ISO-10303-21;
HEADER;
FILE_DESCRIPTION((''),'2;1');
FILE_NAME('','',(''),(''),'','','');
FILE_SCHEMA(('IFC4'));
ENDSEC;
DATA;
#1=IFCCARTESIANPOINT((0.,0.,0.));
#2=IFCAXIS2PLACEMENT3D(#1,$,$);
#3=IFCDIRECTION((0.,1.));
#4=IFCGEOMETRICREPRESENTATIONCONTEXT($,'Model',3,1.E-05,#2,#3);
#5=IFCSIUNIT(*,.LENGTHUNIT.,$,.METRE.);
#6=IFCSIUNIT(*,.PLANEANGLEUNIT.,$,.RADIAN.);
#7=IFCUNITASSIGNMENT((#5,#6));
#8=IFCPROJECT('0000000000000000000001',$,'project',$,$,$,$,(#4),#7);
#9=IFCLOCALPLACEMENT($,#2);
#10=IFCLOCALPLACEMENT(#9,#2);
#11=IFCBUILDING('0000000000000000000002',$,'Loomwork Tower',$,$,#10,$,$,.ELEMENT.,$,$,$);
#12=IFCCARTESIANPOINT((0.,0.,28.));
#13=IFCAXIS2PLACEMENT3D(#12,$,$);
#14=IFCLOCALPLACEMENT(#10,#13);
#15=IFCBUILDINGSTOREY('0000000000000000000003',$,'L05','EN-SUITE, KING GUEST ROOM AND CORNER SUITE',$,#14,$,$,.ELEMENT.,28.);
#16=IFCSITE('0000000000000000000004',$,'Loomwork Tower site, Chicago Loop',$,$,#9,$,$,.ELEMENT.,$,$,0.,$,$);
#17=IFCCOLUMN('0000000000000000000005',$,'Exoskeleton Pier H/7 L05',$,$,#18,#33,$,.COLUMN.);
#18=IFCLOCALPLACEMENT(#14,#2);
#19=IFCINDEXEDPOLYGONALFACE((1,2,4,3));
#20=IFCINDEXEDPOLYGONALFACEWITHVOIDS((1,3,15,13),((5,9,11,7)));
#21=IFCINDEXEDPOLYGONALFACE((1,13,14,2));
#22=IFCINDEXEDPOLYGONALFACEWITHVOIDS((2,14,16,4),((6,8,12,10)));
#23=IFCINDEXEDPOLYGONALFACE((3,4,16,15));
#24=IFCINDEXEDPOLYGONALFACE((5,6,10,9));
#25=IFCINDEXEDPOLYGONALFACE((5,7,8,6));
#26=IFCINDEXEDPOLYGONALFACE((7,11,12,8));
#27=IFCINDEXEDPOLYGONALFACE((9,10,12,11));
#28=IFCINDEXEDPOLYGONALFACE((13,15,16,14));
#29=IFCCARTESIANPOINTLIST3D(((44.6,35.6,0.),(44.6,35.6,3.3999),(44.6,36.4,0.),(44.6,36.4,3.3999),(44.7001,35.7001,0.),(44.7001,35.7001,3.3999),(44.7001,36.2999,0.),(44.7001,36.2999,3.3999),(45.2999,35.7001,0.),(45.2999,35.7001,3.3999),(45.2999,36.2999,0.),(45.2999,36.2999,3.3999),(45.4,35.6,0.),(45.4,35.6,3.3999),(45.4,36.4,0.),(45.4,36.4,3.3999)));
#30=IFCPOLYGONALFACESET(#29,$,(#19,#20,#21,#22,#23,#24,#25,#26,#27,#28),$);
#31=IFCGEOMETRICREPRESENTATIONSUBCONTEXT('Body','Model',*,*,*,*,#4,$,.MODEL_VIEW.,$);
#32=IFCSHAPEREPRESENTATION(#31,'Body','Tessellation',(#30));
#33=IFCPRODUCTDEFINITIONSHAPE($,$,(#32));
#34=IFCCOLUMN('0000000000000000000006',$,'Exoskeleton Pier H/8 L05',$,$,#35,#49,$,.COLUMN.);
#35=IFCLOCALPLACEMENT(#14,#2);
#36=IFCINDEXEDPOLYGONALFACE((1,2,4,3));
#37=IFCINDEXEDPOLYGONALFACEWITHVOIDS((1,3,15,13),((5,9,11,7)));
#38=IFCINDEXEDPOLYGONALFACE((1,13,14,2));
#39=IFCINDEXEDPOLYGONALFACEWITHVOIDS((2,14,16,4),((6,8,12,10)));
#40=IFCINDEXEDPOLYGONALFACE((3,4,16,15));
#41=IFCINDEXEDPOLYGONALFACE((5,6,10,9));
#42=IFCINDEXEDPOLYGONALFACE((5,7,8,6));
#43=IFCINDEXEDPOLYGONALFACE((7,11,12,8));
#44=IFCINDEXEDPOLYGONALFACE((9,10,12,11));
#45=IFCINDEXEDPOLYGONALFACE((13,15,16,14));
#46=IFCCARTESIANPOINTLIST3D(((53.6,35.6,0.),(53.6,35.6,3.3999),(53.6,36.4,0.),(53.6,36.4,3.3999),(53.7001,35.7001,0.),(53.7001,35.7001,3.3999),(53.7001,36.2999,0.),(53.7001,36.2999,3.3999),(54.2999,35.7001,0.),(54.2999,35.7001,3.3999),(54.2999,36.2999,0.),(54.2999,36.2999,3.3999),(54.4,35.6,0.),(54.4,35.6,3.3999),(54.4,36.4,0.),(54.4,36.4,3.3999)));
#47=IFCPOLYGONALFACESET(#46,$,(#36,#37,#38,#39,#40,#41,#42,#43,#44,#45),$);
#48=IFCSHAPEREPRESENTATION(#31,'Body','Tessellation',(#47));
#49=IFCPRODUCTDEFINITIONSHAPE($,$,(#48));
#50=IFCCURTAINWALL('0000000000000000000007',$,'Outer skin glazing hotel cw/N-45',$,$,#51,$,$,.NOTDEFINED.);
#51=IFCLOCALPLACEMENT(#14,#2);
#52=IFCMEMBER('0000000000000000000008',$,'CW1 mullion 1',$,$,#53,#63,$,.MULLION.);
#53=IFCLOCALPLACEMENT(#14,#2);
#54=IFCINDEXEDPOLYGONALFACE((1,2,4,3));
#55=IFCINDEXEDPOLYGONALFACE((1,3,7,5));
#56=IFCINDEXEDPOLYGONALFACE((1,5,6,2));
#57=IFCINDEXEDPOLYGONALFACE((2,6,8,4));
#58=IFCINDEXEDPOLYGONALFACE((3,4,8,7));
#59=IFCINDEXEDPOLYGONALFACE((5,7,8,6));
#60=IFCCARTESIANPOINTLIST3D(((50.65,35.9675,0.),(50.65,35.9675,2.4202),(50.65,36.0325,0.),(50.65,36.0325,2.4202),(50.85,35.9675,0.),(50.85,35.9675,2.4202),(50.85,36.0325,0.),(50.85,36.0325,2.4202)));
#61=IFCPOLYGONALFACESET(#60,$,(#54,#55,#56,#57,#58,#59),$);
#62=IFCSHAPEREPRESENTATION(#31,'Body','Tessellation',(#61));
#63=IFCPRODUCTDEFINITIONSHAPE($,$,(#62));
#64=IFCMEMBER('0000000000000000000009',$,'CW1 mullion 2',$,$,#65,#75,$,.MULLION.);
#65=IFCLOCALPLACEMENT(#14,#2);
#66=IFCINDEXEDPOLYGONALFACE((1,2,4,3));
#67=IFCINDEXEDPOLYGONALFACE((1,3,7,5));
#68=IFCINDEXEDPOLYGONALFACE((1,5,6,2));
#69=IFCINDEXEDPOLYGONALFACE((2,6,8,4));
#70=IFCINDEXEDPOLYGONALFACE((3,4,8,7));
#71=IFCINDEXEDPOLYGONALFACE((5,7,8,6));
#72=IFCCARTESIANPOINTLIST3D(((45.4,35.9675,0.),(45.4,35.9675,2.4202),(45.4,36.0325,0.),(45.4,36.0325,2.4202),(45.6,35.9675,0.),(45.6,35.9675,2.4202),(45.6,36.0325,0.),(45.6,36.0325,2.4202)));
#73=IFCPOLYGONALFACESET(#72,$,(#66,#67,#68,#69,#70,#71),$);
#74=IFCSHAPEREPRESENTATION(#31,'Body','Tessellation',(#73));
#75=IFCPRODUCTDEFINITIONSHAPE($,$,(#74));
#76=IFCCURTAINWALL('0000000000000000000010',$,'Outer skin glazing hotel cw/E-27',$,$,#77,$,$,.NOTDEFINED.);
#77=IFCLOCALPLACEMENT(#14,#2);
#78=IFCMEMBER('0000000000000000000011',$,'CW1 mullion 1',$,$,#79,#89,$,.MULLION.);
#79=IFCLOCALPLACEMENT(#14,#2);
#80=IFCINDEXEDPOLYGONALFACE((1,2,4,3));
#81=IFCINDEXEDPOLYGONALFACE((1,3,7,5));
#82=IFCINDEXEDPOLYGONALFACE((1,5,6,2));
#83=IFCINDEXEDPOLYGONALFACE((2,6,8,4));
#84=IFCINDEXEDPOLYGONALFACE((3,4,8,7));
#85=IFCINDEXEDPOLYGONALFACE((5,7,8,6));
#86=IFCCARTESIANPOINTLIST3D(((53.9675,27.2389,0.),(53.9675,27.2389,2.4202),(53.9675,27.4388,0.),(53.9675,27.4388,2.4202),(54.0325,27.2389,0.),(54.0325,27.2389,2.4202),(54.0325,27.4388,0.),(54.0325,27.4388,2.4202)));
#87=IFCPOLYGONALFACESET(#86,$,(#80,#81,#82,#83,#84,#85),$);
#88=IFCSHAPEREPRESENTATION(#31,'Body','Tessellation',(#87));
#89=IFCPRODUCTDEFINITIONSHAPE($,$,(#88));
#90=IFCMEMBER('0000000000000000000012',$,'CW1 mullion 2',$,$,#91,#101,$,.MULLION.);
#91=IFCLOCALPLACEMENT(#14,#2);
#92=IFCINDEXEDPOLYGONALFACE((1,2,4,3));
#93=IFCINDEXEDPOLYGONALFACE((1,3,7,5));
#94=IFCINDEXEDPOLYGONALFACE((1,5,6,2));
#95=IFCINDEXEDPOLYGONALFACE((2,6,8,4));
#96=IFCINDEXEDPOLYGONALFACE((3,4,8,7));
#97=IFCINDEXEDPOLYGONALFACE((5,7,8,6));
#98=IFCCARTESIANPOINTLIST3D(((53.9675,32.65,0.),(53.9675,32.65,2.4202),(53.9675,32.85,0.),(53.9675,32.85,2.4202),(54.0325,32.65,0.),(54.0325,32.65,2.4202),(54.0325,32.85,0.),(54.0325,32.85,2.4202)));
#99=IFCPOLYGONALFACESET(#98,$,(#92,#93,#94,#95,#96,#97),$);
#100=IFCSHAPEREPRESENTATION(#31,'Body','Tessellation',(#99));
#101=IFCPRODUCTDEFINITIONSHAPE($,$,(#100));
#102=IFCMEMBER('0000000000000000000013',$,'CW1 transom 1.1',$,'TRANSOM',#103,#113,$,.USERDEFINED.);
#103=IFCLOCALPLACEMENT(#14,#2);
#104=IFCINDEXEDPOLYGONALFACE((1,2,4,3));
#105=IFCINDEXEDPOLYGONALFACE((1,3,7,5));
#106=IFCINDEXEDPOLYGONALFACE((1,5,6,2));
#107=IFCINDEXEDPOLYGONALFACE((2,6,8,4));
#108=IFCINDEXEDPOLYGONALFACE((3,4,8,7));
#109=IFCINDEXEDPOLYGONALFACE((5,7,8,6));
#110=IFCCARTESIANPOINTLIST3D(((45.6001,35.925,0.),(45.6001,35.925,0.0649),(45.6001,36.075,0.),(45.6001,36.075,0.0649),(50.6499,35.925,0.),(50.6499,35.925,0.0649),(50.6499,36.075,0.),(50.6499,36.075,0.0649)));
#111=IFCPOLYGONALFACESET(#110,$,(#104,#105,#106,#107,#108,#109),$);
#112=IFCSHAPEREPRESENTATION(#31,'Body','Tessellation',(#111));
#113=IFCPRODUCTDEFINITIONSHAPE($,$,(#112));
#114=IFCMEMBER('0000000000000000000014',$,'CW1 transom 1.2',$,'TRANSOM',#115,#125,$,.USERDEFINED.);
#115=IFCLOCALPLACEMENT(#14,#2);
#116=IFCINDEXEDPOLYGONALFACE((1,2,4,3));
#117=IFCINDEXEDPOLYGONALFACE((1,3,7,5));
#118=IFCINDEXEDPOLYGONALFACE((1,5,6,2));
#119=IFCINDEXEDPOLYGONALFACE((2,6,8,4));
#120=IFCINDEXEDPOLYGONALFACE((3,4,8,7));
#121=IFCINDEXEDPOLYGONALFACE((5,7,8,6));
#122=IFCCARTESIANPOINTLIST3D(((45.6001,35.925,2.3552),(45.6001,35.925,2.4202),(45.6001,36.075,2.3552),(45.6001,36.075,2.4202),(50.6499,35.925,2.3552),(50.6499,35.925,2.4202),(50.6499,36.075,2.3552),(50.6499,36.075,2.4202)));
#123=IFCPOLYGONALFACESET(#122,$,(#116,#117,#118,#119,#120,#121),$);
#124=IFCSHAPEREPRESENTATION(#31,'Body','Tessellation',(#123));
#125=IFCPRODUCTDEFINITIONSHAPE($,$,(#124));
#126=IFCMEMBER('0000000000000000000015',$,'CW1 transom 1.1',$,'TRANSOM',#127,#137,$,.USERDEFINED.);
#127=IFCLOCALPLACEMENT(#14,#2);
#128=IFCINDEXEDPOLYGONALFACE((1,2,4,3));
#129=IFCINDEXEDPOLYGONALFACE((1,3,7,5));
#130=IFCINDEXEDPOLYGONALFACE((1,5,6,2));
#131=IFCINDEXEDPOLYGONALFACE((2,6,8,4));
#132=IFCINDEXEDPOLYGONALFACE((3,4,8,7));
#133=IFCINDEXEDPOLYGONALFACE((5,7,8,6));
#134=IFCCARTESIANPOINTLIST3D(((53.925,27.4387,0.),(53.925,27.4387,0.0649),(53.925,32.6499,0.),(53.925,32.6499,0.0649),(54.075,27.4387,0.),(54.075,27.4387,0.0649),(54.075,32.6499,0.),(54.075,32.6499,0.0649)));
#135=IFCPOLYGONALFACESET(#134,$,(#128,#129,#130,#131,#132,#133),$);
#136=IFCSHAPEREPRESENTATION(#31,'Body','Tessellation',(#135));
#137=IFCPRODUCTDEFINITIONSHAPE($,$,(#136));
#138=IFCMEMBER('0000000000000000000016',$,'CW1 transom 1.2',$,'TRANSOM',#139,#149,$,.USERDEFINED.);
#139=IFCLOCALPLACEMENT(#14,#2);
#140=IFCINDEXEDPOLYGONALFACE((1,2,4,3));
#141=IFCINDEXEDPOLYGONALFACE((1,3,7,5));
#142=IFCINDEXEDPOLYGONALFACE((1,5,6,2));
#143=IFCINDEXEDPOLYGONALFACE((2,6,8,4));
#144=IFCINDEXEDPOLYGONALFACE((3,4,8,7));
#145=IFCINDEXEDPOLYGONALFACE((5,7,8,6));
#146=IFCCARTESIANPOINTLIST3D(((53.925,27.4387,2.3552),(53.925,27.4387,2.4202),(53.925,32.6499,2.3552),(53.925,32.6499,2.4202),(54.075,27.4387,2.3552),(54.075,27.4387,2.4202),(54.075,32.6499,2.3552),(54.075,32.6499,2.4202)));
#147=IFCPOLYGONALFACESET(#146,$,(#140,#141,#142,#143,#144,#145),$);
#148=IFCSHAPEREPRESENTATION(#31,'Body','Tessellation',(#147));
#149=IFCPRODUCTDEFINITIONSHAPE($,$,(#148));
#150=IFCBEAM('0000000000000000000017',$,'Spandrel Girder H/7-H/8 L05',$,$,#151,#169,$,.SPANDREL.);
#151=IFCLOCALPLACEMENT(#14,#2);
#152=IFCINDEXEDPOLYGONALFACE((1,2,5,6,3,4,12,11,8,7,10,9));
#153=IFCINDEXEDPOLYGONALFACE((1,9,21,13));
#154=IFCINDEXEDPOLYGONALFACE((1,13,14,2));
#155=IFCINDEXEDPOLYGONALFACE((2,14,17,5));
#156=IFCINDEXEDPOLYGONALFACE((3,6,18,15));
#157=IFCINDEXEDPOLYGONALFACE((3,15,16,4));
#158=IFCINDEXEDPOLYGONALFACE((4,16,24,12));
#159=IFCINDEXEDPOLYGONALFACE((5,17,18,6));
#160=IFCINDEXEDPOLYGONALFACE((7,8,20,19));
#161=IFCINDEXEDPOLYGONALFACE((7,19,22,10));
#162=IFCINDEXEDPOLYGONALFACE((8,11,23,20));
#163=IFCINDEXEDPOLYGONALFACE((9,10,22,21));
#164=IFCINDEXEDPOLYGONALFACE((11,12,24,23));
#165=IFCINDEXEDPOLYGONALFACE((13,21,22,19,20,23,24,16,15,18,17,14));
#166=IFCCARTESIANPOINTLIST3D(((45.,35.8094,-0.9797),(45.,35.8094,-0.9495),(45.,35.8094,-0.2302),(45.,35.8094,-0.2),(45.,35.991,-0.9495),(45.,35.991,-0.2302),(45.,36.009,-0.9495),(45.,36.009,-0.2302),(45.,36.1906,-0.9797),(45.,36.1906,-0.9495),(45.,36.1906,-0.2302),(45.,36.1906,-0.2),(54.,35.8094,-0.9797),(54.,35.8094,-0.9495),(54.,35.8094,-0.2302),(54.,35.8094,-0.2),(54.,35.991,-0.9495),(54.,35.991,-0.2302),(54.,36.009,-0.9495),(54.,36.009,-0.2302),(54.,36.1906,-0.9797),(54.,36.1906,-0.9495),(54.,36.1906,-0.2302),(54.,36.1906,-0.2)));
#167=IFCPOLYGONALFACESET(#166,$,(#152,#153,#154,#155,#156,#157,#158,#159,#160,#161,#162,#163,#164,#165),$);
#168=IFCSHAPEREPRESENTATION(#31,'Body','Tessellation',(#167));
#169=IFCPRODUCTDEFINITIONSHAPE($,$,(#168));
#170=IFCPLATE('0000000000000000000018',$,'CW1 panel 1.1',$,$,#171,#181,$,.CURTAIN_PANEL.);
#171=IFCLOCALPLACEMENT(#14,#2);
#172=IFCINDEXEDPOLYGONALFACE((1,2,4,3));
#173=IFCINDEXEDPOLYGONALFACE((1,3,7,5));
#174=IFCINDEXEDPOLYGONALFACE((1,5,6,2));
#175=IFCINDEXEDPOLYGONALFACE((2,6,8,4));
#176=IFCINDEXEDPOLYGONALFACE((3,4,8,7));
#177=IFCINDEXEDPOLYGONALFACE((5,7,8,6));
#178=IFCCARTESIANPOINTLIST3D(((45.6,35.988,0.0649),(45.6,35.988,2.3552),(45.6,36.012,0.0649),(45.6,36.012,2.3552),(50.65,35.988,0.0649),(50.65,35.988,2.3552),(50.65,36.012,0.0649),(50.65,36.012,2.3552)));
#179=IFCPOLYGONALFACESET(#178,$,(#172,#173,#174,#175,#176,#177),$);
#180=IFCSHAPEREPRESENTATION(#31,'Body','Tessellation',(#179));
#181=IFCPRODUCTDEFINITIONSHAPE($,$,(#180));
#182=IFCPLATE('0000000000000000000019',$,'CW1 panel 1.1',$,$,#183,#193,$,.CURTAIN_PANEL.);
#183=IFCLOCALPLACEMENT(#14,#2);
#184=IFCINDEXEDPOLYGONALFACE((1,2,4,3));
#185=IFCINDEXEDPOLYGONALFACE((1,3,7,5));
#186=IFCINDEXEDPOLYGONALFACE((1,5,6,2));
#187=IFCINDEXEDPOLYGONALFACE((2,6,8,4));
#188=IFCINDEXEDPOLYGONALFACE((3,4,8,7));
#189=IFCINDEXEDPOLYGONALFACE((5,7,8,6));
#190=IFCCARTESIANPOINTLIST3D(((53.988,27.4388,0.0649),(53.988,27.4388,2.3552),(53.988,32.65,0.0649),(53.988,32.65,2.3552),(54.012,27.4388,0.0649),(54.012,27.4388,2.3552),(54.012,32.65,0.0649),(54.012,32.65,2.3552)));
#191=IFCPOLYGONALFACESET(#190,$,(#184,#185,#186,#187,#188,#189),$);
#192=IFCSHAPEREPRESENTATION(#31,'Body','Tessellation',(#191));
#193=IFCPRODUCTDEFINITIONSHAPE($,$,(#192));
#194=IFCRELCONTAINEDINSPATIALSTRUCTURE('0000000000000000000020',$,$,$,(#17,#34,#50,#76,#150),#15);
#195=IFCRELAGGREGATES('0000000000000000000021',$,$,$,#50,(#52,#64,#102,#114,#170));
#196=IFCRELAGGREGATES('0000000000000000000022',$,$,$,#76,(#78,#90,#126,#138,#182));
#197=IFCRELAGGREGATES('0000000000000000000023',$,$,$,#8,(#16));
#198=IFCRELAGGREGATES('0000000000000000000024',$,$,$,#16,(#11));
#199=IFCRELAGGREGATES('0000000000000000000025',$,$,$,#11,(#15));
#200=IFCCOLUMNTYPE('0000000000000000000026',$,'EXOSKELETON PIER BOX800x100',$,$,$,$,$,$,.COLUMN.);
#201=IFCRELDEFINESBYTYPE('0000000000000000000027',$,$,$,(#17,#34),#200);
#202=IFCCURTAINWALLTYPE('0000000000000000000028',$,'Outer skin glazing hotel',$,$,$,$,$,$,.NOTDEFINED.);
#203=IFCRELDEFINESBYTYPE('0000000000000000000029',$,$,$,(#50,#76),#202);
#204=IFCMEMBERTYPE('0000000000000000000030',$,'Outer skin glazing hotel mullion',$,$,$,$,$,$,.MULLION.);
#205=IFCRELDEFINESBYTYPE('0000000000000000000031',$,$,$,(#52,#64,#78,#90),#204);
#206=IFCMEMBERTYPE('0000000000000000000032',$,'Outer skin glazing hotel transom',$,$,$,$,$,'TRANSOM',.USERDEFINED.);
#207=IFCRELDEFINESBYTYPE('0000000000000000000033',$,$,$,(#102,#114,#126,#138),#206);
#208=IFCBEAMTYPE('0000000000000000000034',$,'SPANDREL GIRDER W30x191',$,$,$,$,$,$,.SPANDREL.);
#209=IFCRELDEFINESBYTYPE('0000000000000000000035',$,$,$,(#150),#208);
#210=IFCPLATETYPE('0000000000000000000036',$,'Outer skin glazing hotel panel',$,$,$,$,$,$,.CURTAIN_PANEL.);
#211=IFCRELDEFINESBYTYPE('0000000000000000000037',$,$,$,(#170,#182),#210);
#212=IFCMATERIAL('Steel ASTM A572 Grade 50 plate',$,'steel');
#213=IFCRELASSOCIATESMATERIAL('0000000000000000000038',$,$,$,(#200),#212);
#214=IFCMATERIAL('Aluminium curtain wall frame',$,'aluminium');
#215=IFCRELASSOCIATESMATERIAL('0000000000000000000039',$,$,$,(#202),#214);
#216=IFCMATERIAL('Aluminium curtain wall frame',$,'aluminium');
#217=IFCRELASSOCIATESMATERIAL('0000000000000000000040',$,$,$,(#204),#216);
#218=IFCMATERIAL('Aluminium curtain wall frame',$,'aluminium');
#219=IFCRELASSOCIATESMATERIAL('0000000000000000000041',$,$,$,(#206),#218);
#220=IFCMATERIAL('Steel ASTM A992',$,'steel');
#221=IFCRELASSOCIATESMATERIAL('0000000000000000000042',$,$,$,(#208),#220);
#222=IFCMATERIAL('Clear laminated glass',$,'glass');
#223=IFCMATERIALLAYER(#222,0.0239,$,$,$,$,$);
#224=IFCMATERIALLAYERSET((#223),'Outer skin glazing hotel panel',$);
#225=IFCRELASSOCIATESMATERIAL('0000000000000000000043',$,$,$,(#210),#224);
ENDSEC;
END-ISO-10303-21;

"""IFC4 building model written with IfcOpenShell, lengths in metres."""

from ifc_helpers import new_model, si_unit, direction, frame, origin, origin_2d, place, context, subcontext, project, spatial, rectangle, hollow_rectangle, i_section, extrude, material, layer, layer_set, material_profile, profile_set, type_object, element, aggregate, save


model = new_model("IFC4")

# Units and contexts
model_context = context("Model", 3, precision=1e-05, world=origin(), true_north=direction((0.0, 1.0)))
body_context = subcontext(model_context, "Body", "Model", "MODEL_VIEW")
ifc_project = project(units=[si_unit("LENGTHUNIT", "METRE"), si_unit("PLANEANGLEUNIT", "RADIAN")], contexts=[model_context])

# Site, building, storey
site_placement = place(None, origin())
site = spatial("IfcSite", under=ifc_project, at=site_placement, Name="Loomwork Tower site, Chicago Loop", CompositionType="ELEMENT", RefElevation=0.0)
building_placement = place(site_placement, origin())
building = spatial("IfcBuilding", under=site, at=building_placement, Name="Loomwork Tower", CompositionType="ELEMENT")
storey_placement = place(building_placement, frame((0.0, 0.0, 28.0)))
storey = spatial("IfcBuildingStorey", under=building, at=storey_placement, Name="L05", Description="EN-SUITE, KING GUEST ROOM AND CORNER SUITE", CompositionType="ELEMENT", Elevation=28.0)

# Columns
ifc_material_1 = material(Name="Steel ASTM A572 Grade 50 plate", Category="steel")
ifc_material_profile_1 = material_profile(ifc_material_1, hollow_rectangle(XDim=0.8, YDim=0.8, WallThickness=0.1001, at=origin_2d()), Name="BOX800x100")
ifc_profile_set_1 = profile_set([ifc_material_profile_1], Name="Steel ASTM A572 Grade 50 plate")
column_type = type_object("IfcColumnType", Name="EXOSKELETON PIER BOX800x100", PredefinedType="COLUMN", material=ifc_profile_set_1)
for number, where, z_axis, x_axis, name in (
    (1, (45.0, 36.0, 0.0), (0.0, 0.0, 1.0), (1.0, 0.0, 0.0), "Exoskeleton Pier H/7 L05"),
    (2, (54.0, 36.0, 0.0), (0.0, 0.0, 1.0), (1.0, 0.0, 0.0), "Exoskeleton Pier H/8 L05"),
):
    element("IfcColumn", number, at=place(storey_placement, frame(where, z_axis=z_axis, x_axis=x_axis)), inside=storey, type_object=column_type, Name=name, PredefinedType="COLUMN", context=body_context, shape_type="SweptSolid", body=[
        extrude(hollow_rectangle(XDim=0.8, YDim=0.8, WallThickness=0.1001, at=origin_2d()), origin(), (0.0, 0.0, 1.0), 3.3999),
    ])

# Curtain walls, members
ifc_material_2 = material(Name="Aluminium curtain wall frame", Category="aluminium")
curtain_wall_type = type_object("IfcCurtainWallType", Name="Outer skin glazing hotel", PredefinedType="NOTDEFINED", material=ifc_material_2)
curtain_wall_1_placement = place(storey_placement, origin())
curtain_wall_1 = element("IfcCurtainWall", 3, at=curtain_wall_1_placement, inside=storey, type_object=curtain_wall_type, Name="Outer skin glazing hotel cw/N-45", PredefinedType="NOTDEFINED")
ifc_material_3 = material(Name="Aluminium curtain wall frame", Category="aluminium")
ifc_material_profile_2 = material_profile(ifc_material_3, rectangle(XDim=0.0649, YDim=0.2, at=origin_2d()), Name="AL 65x200")
ifc_profile_set_2 = profile_set([ifc_material_profile_2], Name="Aluminium curtain wall frame")
member_type_1 = type_object("IfcMemberType", Name="Outer skin glazing hotel mullion", PredefinedType="MULLION", material=ifc_profile_set_2)
member_1_placement = place(storey_placement, frame((50.75, 36.0, 0.0), z_axis=(0.0, 0.0, 1.0), x_axis=(0.0, -1.0, 0.0)))
member_1 = element("IfcMember", 4, at=member_1_placement, type_object=member_type_1, Name="CW1 mullion 1", PredefinedType="MULLION", context=body_context, shape_type="SweptSolid", body=[
    extrude(rectangle(XDim=0.0649, YDim=0.2, at=origin_2d()), origin(), (0.0, 0.0, 1.0), 2.4202),
])
member_2_placement = place(storey_placement, frame((45.5, 36.0, 0.0), z_axis=(0.0, 0.0, 1.0), x_axis=(0.0, -1.0, 0.0)))
member_2 = element("IfcMember", 5, at=member_2_placement, type_object=member_type_1, Name="CW1 mullion 2", PredefinedType="MULLION", context=body_context, shape_type="SweptSolid", body=[
    extrude(rectangle(XDim=0.0649, YDim=0.2, at=origin_2d()), origin(), (0.0, 0.0, 1.0), 2.4202),
])
curtain_wall_2_placement = place(storey_placement, origin())
curtain_wall_2 = element("IfcCurtainWall", 6, at=curtain_wall_2_placement, inside=storey, type_object=curtain_wall_type, Name="Outer skin glazing hotel cw/E-27", PredefinedType="NOTDEFINED")
member_3_placement = place(storey_placement, frame((54.0, 27.3389, 0.0), z_axis=(0.0, 0.0, 1.0), x_axis=(-1.0, 0.0, 0.0)))
member_3 = element("IfcMember", 7, at=member_3_placement, type_object=member_type_1, Name="CW1 mullion 1", PredefinedType="MULLION", context=body_context, shape_type="SweptSolid", body=[
    extrude(rectangle(XDim=0.0649, YDim=0.2, at=origin_2d()), origin(), (0.0, 0.0, 1.0), 2.4202),
])
member_4_placement = place(storey_placement, frame((54.0, 32.75, 0.0), z_axis=(0.0, 0.0, 1.0), x_axis=(-1.0, 0.0, 0.0)))
member_4 = element("IfcMember", 8, at=member_4_placement, type_object=member_type_1, Name="CW1 mullion 2", PredefinedType="MULLION", context=body_context, shape_type="SweptSolid", body=[
    extrude(rectangle(XDim=0.0649, YDim=0.2, at=origin_2d()), origin(), (0.0, 0.0, 1.0), 2.4202),
])

# Members
ifc_material_4 = material(Name="Aluminium curtain wall frame", Category="aluminium")
ifc_material_profile_3 = material_profile(ifc_material_4, rectangle(XDim=0.1499, YDim=0.0649, at=origin_2d()), Name="AL 65x150")
ifc_profile_set_3 = profile_set([ifc_material_profile_3], Name="Aluminium curtain wall frame")
member_type_2 = type_object("IfcMemberType", Name="Outer skin glazing hotel transom", ElementType="TRANSOM", PredefinedType="USERDEFINED", material=ifc_profile_set_3)
member_5_placement = place(storey_placement, frame((50.6499, 36.0, 0.0325), z_axis=(-1.0, 0.0, 0.0), x_axis=(0.0, -1.0, 0.0)))
member_5 = element("IfcMember", 9, at=member_5_placement, type_object=member_type_2, Name="CW1 transom 1.1", ObjectType="TRANSOM", PredefinedType="USERDEFINED", context=body_context, shape_type="SweptSolid", body=[
    extrude(rectangle(XDim=0.1499, YDim=0.0649, at=origin_2d()), origin(), (0.0, 0.0, 1.0), 5.0498),
])
member_6_placement = place(storey_placement, frame((50.6499, 36.0, 2.3877), z_axis=(-1.0, 0.0, 0.0), x_axis=(0.0, -1.0, 0.0)))
member_6 = element("IfcMember", 10, at=member_6_placement, type_object=member_type_2, Name="CW1 transom 1.2", ObjectType="TRANSOM", PredefinedType="USERDEFINED", context=body_context, shape_type="SweptSolid", body=[
    extrude(rectangle(XDim=0.1499, YDim=0.0649, at=origin_2d()), origin(), (0.0, 0.0, 1.0), 5.0498),
])
member_7_placement = place(storey_placement, frame((54.0, 27.4387, 0.0325), z_axis=(0.0, 1.0, 0.0), x_axis=(-1.0, 0.0, 0.0)))
member_7 = element("IfcMember", 11, at=member_7_placement, type_object=member_type_2, Name="CW1 transom 1.1", ObjectType="TRANSOM", PredefinedType="USERDEFINED", context=body_context, shape_type="SweptSolid", body=[
    extrude(rectangle(XDim=0.1499, YDim=0.0649, at=origin_2d()), origin(), (0.0, 0.0, 1.0), 5.2112),
])
member_8_placement = place(storey_placement, frame((54.0, 27.4387, 2.3877), z_axis=(0.0, 1.0, 0.0), x_axis=(-1.0, 0.0, 0.0)))
member_8 = element("IfcMember", 12, at=member_8_placement, type_object=member_type_2, Name="CW1 transom 1.2", ObjectType="TRANSOM", PredefinedType="USERDEFINED", context=body_context, shape_type="SweptSolid", body=[
    extrude(rectangle(XDim=0.1499, YDim=0.0649, at=origin_2d()), origin(), (0.0, 0.0, 1.0), 5.2112),
])

# Beam
ifc_material_5 = material(Name="Steel ASTM A992", Category="steel")
ifc_material_profile_4 = material_profile(ifc_material_5, i_section(OverallWidth=0.3811, OverallDepth=0.7798, WebThickness=0.0181, FlangeThickness=0.0303, at=origin_2d()), Name="W30x191")
ifc_profile_set_4 = profile_set([ifc_material_profile_4], Name="Steel ASTM A992")
beam_type = type_object("IfcBeamType", Name="SPANDREL GIRDER W30x191", PredefinedType="SPANDREL", material=ifc_profile_set_4)
beam_placement = place(storey_placement, frame((45.0, 36.0, -0.5898), z_axis=(1.0, 0.0, 0.0), x_axis=(0.0, 1.0, 0.0)))
element("IfcBeam", 13, at=beam_placement, inside=storey, type_object=beam_type, Name="Spandrel Girder H/7-H/8 L05", PredefinedType="SPANDREL", context=body_context, shape_type="SweptSolid", body=[
    extrude(i_section(OverallWidth=0.3811, OverallDepth=0.7798, WebThickness=0.0181, FlangeThickness=0.0303, at=origin_2d()), origin(), (0.0, 0.0, 1.0), 9.0),
])

# Plates
ifc_material_6 = material(Name="Clear laminated glass", Category="glass")
ifc_layer_1 = layer(ifc_material_6, 0.0239)
ifc_layer_set_1 = layer_set([ifc_layer_1], Name="Outer skin glazing hotel panel")
plate_type = type_object("IfcPlateType", Name="Outer skin glazing hotel panel", PredefinedType="CURTAIN_PANEL", material=ifc_layer_set_1)
plate_1_placement = place(storey_placement, frame((48.125, 36.0, 0.0649), z_axis=(0.0, 0.0, 1.0), x_axis=(-1.0, 0.0, 0.0)))
plate_1 = element("IfcPlate", 14, at=plate_1_placement, type_object=plate_type, Name="CW1 panel 1.1", PredefinedType="CURTAIN_PANEL", context=body_context, shape_type="SweptSolid", body=[
    extrude(rectangle(XDim=5.05, YDim=0.0239, at=origin_2d()), origin(), (0.0, 0.0, 1.0), 2.2903),
])
aggregate(curtain_wall_1, [member_1, member_2, member_5, member_6, plate_1])
plate_2_placement = place(storey_placement, frame((54.0, 30.0444, 0.0649), z_axis=(0.0, 0.0, 1.0), x_axis=(0.0, 1.0, 0.0)))
plate_2 = element("IfcPlate", 15, at=plate_2_placement, type_object=plate_type, Name="CW1 panel 1.1", PredefinedType="CURTAIN_PANEL", context=body_context, shape_type="SweptSolid", body=[
    extrude(rectangle(XDim=5.2112, YDim=0.0239, at=origin_2d()), origin(), (0.0, 0.0, 1.0), 2.2903),
])
aggregate(curtain_wall_2, [member_3, member_4, member_7, member_8, plate_2])

save(model, "model.ifc")
